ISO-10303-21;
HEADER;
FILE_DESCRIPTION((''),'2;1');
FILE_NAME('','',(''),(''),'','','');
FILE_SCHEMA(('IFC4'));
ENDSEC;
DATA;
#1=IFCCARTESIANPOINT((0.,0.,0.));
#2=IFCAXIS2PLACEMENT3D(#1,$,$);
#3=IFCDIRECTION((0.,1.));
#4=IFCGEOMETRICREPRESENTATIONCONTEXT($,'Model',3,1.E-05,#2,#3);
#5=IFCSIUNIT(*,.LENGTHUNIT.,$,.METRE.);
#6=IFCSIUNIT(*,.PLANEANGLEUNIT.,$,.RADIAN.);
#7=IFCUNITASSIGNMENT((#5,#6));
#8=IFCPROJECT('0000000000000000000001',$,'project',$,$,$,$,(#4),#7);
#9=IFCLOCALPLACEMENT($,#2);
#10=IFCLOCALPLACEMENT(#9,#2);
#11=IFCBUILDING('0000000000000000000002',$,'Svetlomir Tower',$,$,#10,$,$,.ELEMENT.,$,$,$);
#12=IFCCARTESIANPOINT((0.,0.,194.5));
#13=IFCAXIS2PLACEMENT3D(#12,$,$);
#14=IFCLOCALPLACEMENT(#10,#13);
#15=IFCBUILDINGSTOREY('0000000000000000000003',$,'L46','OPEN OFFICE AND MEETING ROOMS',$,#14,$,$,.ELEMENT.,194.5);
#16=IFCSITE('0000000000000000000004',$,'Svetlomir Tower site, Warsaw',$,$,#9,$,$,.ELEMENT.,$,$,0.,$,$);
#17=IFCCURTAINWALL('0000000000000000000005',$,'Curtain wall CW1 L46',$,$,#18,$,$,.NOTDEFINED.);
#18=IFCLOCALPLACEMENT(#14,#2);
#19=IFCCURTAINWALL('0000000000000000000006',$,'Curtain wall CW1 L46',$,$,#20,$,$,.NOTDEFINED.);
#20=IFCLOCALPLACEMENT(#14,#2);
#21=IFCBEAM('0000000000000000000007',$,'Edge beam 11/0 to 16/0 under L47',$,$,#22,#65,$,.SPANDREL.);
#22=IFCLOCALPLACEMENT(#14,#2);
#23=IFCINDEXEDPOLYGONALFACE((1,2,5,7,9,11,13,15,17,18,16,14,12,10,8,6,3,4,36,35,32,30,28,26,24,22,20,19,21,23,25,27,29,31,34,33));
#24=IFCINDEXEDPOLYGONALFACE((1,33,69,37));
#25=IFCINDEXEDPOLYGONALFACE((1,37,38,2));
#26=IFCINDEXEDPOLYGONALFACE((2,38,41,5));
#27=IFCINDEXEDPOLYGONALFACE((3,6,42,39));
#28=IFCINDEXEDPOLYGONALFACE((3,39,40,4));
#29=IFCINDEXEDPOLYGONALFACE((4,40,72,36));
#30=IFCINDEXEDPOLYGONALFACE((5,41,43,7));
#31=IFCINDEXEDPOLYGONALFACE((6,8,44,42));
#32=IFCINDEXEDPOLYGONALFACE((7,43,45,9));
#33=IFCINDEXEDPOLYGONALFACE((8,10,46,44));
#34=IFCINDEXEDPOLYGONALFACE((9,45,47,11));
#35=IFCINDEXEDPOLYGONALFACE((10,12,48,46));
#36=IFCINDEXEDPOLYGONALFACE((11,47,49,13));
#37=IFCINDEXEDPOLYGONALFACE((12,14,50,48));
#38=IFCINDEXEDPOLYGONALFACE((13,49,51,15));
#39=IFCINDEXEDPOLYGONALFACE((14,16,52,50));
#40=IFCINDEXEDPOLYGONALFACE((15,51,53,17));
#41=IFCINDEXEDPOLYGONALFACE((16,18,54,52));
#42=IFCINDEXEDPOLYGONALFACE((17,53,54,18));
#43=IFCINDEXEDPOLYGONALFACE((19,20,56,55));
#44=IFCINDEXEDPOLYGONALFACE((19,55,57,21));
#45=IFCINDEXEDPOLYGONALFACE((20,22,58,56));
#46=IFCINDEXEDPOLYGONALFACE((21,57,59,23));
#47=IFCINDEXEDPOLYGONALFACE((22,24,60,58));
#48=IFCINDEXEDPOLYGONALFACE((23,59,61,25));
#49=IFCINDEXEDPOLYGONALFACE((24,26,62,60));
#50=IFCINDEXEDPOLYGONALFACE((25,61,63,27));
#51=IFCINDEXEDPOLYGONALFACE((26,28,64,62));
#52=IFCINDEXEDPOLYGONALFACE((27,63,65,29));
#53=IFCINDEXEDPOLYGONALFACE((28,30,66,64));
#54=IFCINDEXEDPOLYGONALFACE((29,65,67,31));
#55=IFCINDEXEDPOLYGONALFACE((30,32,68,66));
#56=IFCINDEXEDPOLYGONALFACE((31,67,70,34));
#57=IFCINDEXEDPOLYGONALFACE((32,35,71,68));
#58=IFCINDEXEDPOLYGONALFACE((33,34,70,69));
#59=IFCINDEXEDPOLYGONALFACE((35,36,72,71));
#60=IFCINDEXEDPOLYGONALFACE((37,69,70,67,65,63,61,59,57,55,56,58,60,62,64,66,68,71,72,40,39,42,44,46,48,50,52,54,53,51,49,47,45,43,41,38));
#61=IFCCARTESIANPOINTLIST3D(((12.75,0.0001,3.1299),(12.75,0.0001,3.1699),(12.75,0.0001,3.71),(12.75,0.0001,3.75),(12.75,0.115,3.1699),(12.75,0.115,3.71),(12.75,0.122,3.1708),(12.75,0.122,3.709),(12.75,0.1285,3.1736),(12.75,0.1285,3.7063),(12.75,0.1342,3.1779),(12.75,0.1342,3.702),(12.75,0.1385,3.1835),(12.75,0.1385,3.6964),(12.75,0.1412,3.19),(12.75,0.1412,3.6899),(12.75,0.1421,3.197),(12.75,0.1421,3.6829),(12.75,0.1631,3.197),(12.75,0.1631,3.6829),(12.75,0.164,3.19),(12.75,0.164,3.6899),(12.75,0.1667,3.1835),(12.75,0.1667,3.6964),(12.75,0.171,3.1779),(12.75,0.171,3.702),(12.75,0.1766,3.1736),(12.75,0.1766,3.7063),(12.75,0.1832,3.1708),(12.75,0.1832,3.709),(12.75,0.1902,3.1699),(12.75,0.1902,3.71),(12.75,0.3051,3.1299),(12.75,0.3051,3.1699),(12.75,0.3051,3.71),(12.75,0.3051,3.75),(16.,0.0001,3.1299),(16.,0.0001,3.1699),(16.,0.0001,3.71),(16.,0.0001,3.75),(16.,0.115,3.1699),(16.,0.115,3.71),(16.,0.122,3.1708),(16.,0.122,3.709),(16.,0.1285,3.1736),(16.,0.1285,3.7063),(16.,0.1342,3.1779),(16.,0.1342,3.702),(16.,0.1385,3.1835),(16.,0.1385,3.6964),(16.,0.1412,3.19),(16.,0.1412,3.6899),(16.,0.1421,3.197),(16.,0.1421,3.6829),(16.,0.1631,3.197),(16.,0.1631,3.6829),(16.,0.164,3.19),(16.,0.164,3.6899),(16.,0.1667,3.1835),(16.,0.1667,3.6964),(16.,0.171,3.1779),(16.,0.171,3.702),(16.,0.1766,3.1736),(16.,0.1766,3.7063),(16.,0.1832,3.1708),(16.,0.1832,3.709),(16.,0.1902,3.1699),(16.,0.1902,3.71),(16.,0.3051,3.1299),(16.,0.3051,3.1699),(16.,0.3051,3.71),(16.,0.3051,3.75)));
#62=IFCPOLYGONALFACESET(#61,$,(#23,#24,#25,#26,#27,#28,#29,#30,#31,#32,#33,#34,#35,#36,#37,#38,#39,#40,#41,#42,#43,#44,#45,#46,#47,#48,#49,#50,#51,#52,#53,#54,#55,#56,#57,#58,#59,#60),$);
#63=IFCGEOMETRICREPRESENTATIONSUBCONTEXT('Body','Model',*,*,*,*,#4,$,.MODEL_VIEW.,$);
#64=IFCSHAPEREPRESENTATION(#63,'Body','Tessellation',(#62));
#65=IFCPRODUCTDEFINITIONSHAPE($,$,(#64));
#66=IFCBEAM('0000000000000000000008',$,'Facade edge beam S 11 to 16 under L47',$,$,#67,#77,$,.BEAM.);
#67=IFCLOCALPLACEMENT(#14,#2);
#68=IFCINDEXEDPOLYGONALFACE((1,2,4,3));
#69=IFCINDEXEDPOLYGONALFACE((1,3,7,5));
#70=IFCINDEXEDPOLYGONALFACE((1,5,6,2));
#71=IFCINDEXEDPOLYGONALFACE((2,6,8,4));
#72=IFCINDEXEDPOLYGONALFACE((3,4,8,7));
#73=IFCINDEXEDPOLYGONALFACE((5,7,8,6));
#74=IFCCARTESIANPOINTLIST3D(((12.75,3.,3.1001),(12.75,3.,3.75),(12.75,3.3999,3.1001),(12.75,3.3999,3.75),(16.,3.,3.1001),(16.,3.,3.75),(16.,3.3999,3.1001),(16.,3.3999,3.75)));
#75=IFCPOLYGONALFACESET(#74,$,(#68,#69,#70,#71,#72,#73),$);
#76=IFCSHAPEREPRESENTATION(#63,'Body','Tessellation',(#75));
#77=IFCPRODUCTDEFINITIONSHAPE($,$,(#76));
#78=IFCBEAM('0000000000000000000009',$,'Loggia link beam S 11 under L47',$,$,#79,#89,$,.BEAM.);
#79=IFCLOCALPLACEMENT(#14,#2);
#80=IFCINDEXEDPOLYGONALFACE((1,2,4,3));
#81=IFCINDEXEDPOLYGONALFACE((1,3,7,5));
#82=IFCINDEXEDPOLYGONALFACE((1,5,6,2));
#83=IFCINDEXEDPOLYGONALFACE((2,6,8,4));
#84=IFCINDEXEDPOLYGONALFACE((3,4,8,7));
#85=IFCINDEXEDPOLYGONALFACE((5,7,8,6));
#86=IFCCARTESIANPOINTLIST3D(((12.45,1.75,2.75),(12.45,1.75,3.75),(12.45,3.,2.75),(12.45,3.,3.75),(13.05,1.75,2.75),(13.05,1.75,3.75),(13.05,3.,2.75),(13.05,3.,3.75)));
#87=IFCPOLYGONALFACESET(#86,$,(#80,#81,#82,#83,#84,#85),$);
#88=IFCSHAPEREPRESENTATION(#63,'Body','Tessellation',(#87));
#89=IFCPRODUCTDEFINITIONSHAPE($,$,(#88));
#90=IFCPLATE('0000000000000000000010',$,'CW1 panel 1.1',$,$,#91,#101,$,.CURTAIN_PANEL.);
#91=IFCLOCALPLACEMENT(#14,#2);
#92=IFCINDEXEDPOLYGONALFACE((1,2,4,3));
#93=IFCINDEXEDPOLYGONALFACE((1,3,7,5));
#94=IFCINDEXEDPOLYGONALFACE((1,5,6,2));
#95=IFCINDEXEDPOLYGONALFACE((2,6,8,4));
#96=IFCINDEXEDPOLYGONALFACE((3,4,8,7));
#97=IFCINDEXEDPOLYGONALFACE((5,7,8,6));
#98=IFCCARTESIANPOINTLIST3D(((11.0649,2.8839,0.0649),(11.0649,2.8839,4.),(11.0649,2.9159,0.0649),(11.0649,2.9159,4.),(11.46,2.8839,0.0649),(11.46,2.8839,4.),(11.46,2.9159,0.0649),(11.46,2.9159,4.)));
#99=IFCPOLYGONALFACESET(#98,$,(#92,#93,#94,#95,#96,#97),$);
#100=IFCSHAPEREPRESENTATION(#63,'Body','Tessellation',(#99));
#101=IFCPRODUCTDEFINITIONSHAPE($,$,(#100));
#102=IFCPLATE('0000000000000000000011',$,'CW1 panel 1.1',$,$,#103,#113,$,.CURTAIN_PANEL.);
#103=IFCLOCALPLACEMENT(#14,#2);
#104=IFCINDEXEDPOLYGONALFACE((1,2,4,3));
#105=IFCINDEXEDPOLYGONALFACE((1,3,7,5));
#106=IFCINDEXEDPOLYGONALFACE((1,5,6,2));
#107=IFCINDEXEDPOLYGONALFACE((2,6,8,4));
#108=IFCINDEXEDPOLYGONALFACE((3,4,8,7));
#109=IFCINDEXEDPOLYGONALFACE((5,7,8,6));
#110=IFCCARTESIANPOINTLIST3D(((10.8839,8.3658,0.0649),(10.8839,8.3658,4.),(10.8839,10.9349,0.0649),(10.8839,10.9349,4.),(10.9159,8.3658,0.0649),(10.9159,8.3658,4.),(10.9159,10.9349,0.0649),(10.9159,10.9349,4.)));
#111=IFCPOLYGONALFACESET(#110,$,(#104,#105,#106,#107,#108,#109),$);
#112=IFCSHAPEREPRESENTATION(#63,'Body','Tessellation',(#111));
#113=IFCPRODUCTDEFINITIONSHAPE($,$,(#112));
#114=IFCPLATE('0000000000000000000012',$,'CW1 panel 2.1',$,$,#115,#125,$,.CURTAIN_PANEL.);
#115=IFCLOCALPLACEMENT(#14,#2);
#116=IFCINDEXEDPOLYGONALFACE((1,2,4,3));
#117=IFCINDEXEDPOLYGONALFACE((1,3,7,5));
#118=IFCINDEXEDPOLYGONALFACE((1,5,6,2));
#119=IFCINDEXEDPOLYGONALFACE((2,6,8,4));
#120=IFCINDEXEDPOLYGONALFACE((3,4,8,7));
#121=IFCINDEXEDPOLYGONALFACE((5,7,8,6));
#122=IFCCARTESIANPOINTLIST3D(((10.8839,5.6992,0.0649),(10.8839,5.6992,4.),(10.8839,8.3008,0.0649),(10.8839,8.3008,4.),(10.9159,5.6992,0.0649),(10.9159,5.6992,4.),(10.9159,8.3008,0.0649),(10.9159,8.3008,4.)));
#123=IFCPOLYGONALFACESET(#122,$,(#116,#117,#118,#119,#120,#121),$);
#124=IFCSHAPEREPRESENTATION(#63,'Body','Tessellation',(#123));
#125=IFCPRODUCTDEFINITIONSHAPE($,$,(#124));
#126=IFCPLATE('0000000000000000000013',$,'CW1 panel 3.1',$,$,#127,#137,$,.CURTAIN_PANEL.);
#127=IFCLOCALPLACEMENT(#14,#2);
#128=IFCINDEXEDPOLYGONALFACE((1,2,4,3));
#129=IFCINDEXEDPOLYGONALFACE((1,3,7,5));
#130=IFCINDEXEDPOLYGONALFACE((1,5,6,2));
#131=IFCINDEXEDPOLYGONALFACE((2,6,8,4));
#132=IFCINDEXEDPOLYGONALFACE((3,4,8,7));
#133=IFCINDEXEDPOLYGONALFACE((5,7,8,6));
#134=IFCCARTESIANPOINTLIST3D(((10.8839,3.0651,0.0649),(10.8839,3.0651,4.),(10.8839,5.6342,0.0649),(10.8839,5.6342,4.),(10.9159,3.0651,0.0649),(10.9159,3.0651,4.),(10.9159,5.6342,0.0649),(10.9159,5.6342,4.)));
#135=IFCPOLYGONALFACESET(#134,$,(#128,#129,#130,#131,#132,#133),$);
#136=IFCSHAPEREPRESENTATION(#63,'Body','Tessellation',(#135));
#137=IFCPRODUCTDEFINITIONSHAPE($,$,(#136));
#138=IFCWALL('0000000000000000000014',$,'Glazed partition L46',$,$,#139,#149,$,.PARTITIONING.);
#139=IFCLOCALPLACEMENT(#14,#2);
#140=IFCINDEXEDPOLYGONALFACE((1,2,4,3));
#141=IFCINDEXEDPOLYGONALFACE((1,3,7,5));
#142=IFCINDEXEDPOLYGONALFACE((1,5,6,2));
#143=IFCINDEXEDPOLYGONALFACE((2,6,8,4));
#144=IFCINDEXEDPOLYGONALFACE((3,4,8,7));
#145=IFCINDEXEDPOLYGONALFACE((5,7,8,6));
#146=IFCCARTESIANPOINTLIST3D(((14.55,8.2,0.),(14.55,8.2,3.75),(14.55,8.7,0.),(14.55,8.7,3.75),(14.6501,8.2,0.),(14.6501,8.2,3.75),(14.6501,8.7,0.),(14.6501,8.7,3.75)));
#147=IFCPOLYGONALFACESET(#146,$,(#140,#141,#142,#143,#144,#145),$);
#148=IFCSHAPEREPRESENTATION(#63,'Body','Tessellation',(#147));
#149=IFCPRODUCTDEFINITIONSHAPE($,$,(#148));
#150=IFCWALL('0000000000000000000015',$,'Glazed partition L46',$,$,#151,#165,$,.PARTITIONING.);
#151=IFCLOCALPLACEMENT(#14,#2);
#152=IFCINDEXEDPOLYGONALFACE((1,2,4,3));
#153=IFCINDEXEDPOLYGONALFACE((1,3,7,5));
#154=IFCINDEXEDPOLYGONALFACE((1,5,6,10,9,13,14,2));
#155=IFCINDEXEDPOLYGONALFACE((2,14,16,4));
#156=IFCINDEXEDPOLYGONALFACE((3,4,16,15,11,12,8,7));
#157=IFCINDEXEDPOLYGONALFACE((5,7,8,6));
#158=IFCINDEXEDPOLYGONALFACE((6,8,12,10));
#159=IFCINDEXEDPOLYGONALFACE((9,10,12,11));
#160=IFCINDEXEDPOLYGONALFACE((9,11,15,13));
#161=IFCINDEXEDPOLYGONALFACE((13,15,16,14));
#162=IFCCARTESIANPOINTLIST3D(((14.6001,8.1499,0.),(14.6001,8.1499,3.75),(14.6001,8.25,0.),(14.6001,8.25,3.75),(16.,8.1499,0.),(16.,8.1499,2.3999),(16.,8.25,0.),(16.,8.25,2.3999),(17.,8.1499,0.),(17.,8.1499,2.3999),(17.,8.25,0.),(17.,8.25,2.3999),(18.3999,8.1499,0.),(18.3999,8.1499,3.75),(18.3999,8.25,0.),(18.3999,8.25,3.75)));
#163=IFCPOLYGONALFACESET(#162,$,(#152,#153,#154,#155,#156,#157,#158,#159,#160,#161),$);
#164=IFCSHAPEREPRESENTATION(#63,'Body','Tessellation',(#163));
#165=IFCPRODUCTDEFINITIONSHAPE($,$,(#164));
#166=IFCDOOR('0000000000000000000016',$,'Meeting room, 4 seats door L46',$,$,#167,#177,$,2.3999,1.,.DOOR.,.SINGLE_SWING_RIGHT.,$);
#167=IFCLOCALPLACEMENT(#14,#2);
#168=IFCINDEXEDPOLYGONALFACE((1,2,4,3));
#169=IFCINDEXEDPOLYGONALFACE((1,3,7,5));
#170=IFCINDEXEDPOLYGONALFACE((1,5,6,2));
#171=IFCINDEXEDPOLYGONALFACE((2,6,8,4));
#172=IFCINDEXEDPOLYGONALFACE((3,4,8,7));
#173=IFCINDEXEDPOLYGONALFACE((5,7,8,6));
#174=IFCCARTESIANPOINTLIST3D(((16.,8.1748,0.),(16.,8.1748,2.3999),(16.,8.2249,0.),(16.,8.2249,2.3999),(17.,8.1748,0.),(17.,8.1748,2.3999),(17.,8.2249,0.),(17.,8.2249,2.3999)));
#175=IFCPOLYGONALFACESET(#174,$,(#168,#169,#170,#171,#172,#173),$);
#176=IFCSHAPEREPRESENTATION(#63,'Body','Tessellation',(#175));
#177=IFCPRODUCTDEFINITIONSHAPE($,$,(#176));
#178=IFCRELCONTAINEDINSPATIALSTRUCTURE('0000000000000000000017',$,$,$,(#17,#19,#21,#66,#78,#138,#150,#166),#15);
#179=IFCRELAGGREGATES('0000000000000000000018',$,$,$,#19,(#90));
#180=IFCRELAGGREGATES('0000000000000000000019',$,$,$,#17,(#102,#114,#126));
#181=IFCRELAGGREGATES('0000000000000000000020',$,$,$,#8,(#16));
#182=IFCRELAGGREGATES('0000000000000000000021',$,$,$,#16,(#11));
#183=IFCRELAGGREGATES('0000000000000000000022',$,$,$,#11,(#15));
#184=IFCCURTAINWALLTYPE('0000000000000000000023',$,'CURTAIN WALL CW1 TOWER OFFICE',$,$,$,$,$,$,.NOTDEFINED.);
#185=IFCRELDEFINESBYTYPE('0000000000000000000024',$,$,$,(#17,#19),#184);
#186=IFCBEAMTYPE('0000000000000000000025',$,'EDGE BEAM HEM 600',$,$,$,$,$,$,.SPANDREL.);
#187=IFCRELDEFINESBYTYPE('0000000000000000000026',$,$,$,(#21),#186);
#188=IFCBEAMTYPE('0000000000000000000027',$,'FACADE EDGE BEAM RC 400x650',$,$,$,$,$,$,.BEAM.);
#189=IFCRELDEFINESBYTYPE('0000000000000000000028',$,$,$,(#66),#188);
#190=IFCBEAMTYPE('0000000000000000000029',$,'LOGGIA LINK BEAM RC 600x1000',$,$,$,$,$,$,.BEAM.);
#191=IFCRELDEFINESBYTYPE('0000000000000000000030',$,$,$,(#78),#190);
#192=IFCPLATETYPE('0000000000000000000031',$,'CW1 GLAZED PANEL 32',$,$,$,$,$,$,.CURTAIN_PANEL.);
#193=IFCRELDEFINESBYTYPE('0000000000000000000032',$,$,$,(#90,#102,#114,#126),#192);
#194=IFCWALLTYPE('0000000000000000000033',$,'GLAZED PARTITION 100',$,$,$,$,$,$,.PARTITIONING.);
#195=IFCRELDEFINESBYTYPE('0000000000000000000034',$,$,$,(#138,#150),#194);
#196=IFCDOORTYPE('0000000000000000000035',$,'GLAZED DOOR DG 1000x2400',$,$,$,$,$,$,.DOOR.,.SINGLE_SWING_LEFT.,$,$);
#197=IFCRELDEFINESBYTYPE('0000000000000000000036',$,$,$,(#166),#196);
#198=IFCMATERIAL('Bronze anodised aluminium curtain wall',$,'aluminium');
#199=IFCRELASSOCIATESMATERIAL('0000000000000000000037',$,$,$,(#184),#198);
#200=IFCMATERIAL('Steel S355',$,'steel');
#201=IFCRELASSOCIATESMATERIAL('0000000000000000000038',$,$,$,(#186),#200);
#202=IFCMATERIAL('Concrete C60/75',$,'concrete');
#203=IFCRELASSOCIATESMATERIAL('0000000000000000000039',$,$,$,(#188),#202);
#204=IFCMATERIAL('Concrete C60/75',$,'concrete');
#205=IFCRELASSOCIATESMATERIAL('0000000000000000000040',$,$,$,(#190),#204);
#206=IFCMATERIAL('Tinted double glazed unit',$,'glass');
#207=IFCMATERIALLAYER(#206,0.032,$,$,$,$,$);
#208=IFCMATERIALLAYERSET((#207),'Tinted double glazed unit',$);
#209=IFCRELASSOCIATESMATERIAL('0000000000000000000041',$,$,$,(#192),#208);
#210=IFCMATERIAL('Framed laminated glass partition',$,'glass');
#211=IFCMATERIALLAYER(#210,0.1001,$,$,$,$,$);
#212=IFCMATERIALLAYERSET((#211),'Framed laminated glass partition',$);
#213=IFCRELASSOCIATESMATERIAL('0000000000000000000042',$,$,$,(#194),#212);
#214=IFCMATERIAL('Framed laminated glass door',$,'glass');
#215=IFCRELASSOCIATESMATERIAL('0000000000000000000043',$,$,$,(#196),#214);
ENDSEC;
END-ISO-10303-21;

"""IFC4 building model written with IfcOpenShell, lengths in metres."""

from ifc_helpers import new_model, si_unit, direction, frame, frame_2d, origin, origin_2d, place, context, subcontext, project, spatial, rectangle, i_section, extrude, material, layer, layer_set, material_profile, profile_set, type_object, element, fill, aggregate, save


model = new_model("IFC4")

# Units and contexts
model_context = context("Model", 3, precision=1e-05, world=origin(), true_north=direction((0.0, 1.0)))
body_context = subcontext(model_context, "Body", "Model", "MODEL_VIEW")
ifc_project = project(units=[si_unit("LENGTHUNIT", "METRE"), si_unit("PLANEANGLEUNIT", "RADIAN")], contexts=[model_context])

# Site, building, storey
site_placement = place(None, origin())
site = spatial("IfcSite", under=ifc_project, at=site_placement, Name="Svetlomir Tower site, Warsaw", CompositionType="ELEMENT", RefElevation=0.0)
building_placement = place(site_placement, origin())
building = spatial("IfcBuilding", under=site, at=building_placement, Name="Svetlomir Tower", CompositionType="ELEMENT")
storey_placement = place(building_placement, frame((0.0, 0.0, 194.5)))
storey = spatial("IfcBuildingStorey", under=building, at=storey_placement, Name="L46", Description="OPEN OFFICE AND MEETING ROOMS", CompositionType="ELEMENT", Elevation=194.5)

# Curtain wall
ifc_material_1 = material(Name="Bronze anodised aluminium curtain wall", Category="aluminium")
curtain_wall_type = type_object("IfcCurtainWallType", Name="CURTAIN WALL CW1 TOWER OFFICE", PredefinedType="NOTDEFINED", material=ifc_material_1)
curtain_wall_1_placement = place(storey_placement, origin())
curtain_wall_1 = element("IfcCurtainWall", 1, at=curtain_wall_1_placement, inside=storey, type_object=curtain_wall_type, Name="Curtain wall CW1 L46", PredefinedType="NOTDEFINED")

# Curtain wall
curtain_wall_2_placement = place(storey_placement, origin())
curtain_wall_2 = element("IfcCurtainWall", 2, at=curtain_wall_2_placement, inside=storey, type_object=curtain_wall_type, Name="Curtain wall CW1 L46", PredefinedType="NOTDEFINED")

# Beams
ifc_material_2 = material(Name="Steel S355", Category="steel")
ifc_material_profile_1 = material_profile(ifc_material_2, i_section(OverallWidth=0.3049, OverallDepth=0.6201, WebThickness=0.021, FlangeThickness=0.04, FilletRadius=0.0271, at=origin_2d()), Name="HEM 600")
ifc_profile_set_1 = profile_set([ifc_material_profile_1], Name="Steel S355")
beam_type_1 = type_object("IfcBeamType", Name="EDGE BEAM HEM 600", PredefinedType="SPANDREL", material=ifc_profile_set_1)
beam_1_placement = place(storey_placement, frame((12.75, 0.1526, 3.4399), z_axis=(1.0, 0.0, 0.0), x_axis=(0.0, 1.0, 0.0)))
element("IfcBeam", 3, at=beam_1_placement, inside=storey, type_object=beam_type_1, Name="Edge beam 11/0 to 16/0 under L47", PredefinedType="SPANDREL", context=body_context, shape_type="SweptSolid", body=[
    extrude(i_section(OverallWidth=0.3049, OverallDepth=0.6201, WebThickness=0.021, FlangeThickness=0.04, FilletRadius=0.0271, at=origin_2d()), origin(), (0.0, 0.0, 1.0), 3.25),
])
ifc_material_3 = material(Name="Concrete C60/75", Category="concrete")
ifc_material_profile_2 = material_profile(ifc_material_3, rectangle(XDim=0.3999, YDim=0.6499, at=origin_2d()), Name="RC 400x650")
ifc_profile_set_2 = profile_set([ifc_material_profile_2], Name="Concrete C60/75")
beam_type_2 = type_object("IfcBeamType", Name="FACADE EDGE BEAM RC 400x650", PredefinedType="BEAM", material=ifc_profile_set_2)
beam_2_placement = place(storey_placement, frame((12.75, 3.2, 3.425), z_axis=(1.0, 0.0, 0.0), x_axis=(0.0, 1.0, 0.0)))
element("IfcBeam", 4, at=beam_2_placement, inside=storey, type_object=beam_type_2, Name="Facade edge beam S 11 to 16 under L47", PredefinedType="BEAM", context=body_context, shape_type="SweptSolid", body=[
    extrude(rectangle(XDim=0.3999, YDim=0.6499, at=origin_2d()), origin(), (0.0, 0.0, 1.0), 3.25),
])
ifc_material_4 = material(Name="Concrete C60/75", Category="concrete")
ifc_material_profile_3 = material_profile(ifc_material_4, rectangle(XDim=0.6001, YDim=1.0, at=origin_2d()), Name="RC 600x1000")
ifc_profile_set_3 = profile_set([ifc_material_profile_3], Name="Concrete C60/75")
beam_type_3 = type_object("IfcBeamType", Name="LOGGIA LINK BEAM RC 600x1000", PredefinedType="BEAM", material=ifc_profile_set_3)
beam_3_placement = place(storey_placement, frame((12.75, 1.75, 3.25), z_axis=(0.0, 1.0, 0.0), x_axis=(-1.0, 0.0, 0.0)))
element("IfcBeam", 5, at=beam_3_placement, inside=storey, type_object=beam_type_3, Name="Loggia link beam S 11 under L47", PredefinedType="BEAM", context=body_context, shape_type="SweptSolid", body=[
    extrude(rectangle(XDim=0.6001, YDim=1.0, at=origin_2d()), origin(), (0.0, 0.0, 1.0), 1.25),
])

# Plates
ifc_material_5 = material(Name="Tinted double glazed unit", Category="glass")
ifc_layer_1 = layer(ifc_material_5, 0.032)
ifc_layer_set_1 = layer_set([ifc_layer_1], Name="Tinted double glazed unit")
plate_type = type_object("IfcPlateType", Name="CW1 GLAZED PANEL 32", PredefinedType="CURTAIN_PANEL", material=ifc_layer_set_1)
plate_1_placement = place(storey_placement, frame((11.2625, 2.8999, 0.0649), z_axis=(0.0, 0.0, 1.0), x_axis=(1.0, 0.0, 0.0)))
plate_1 = element("IfcPlate", 6, at=plate_1_placement, type_object=plate_type, Name="CW1 panel 1.1", PredefinedType="CURTAIN_PANEL", context=body_context, shape_type="SweptSolid", body=[
    extrude(rectangle(XDim=0.395, YDim=0.032, at=origin_2d()), origin(), (0.0, 0.0, 1.0), 3.9351),
])
aggregate(curtain_wall_2, [plate_1])
plate_2_placement = place(storey_placement, frame((10.8999, 9.6504, 0.0649), z_axis=(0.0, 0.0, 1.0), x_axis=(0.0, -1.0, 0.0)))
plate_2 = element("IfcPlate", 7, at=plate_2_placement, type_object=plate_type, Name="CW1 panel 1.1", PredefinedType="CURTAIN_PANEL", context=body_context, shape_type="SweptSolid", body=[
    extrude(rectangle(XDim=2.5691, YDim=0.032, at=origin_2d()), origin(), (0.0, 0.0, 1.0), 3.9351),
])
plate_3_placement = place(storey_placement, frame((10.8999, 7.0, 0.0649), z_axis=(0.0, 0.0, 1.0), x_axis=(0.0, -1.0, 0.0)))
plate_3 = element("IfcPlate", 8, at=plate_3_placement, type_object=plate_type, Name="CW1 panel 2.1", PredefinedType="CURTAIN_PANEL", context=body_context, shape_type="SweptSolid", body=[
    extrude(rectangle(XDim=2.6016, YDim=0.032, at=origin_2d()), origin(), (0.0, 0.0, 1.0), 3.9351),
])
plate_4_placement = place(storey_placement, frame((10.8999, 4.3496, 0.0649), z_axis=(0.0, 0.0, 1.0), x_axis=(0.0, -1.0, 0.0)))
plate_4 = element("IfcPlate", 9, at=plate_4_placement, type_object=plate_type, Name="CW1 panel 3.1", PredefinedType="CURTAIN_PANEL", context=body_context, shape_type="SweptSolid", body=[
    extrude(rectangle(XDim=2.5691, YDim=0.032, at=origin_2d()), origin(), (0.0, 0.0, 1.0), 3.9351),
])
aggregate(curtain_wall_1, [plate_2, plate_3, plate_4])

# Wall
ifc_material_6 = material(Name="Framed laminated glass partition", Category="glass")
ifc_layer_2 = layer(ifc_material_6, 0.1001)
ifc_layer_set_2 = layer_set([ifc_layer_2], Name="Framed laminated glass partition")
wall_type_1 = type_object("IfcWallType", Name="GLAZED PARTITION 100", PredefinedType="PARTITIONING", material=ifc_layer_set_2)
wall_1_placement = place(storey_placement, frame((14.6001, 8.2, 0.0), z_axis=(0.0, 0.0, 1.0), x_axis=(0.0, 1.0, 0.0)))
element("IfcWall", 10, at=wall_1_placement, inside=storey, type_object=wall_type_1, Name="Glazed partition L46", PredefinedType="PARTITIONING", context=body_context, shape_type="SweptSolid", body=[
    extrude(rectangle(XDim=0.5, YDim=0.1001, at=frame_2d((0.25, 0.0))), origin(), (0.0, 0.0, 1.0), 3.75),
])

# Wall, opening, door
wall_2_placement = place(storey_placement, frame((14.6001, 8.2, 0.0), z_axis=(0.0, 0.0, 1.0), x_axis=(1.0, 0.0, 0.0)))
wall_2 = element("IfcWall", 11, at=wall_2_placement, inside=storey, type_object=wall_type_1, Name="Glazed partition L46", PredefinedType="PARTITIONING", context=body_context, shape_type="SweptSolid", body=[
    extrude(rectangle(XDim=3.7998, YDim=0.1001, at=frame_2d((1.8999, 0.0))), origin(), (0.0, 0.0, 1.0), 3.75),
])
opening_1_placement = place(wall_2_placement, frame((1.3999, 0.0, 0.0)))
opening_1 = element("IfcOpeningElement", 12, at=opening_1_placement, cuts=wall_2, PredefinedType="OPENING", context=body_context, shape_type="SweptSolid", body=[
    extrude(rectangle(XDim=1.0, YDim=2.3999, at=frame_2d((0.5, 1.2))), frame((0.0, 0.0601, 0.0), z_axis=(0.0, -1.0, 0.0), x_axis=(1.0, 0.0, 0.0)), (0.0, 0.0, 1.0), 0.1201),
])
ifc_material_7 = material(Name="Framed laminated glass door", Category="glass")
door_type_1 = type_object("IfcDoorType", Name="GLAZED DOOR DG 1000x2400", OperationType="SINGLE_SWING_LEFT", PredefinedType="DOOR", material=ifc_material_7)
door_1_placement = place(opening_1_placement, origin())
door_1 = element("IfcDoor", 13, at=door_1_placement, inside=storey, type_object=door_type_1, Name="Meeting room, 4 seats door L46", OperationType="SINGLE_SWING_RIGHT", OverallHeight=2.3999, OverallWidth=1.0, PredefinedType="DOOR", context=body_context, shape_type="SweptSolid", body=[
    extrude(rectangle(XDim=1.0, YDim=2.3999, at=frame_2d((0.5, 1.2))), frame((0.0, 0.0249, 0.0), z_axis=(0.0, -1.0, 0.0), x_axis=(1.0, 0.0, 0.0)), (0.0, 0.0, 1.0), 0.05),
])
fill(opening_1, door_1)

save(model, "model.ifc")
